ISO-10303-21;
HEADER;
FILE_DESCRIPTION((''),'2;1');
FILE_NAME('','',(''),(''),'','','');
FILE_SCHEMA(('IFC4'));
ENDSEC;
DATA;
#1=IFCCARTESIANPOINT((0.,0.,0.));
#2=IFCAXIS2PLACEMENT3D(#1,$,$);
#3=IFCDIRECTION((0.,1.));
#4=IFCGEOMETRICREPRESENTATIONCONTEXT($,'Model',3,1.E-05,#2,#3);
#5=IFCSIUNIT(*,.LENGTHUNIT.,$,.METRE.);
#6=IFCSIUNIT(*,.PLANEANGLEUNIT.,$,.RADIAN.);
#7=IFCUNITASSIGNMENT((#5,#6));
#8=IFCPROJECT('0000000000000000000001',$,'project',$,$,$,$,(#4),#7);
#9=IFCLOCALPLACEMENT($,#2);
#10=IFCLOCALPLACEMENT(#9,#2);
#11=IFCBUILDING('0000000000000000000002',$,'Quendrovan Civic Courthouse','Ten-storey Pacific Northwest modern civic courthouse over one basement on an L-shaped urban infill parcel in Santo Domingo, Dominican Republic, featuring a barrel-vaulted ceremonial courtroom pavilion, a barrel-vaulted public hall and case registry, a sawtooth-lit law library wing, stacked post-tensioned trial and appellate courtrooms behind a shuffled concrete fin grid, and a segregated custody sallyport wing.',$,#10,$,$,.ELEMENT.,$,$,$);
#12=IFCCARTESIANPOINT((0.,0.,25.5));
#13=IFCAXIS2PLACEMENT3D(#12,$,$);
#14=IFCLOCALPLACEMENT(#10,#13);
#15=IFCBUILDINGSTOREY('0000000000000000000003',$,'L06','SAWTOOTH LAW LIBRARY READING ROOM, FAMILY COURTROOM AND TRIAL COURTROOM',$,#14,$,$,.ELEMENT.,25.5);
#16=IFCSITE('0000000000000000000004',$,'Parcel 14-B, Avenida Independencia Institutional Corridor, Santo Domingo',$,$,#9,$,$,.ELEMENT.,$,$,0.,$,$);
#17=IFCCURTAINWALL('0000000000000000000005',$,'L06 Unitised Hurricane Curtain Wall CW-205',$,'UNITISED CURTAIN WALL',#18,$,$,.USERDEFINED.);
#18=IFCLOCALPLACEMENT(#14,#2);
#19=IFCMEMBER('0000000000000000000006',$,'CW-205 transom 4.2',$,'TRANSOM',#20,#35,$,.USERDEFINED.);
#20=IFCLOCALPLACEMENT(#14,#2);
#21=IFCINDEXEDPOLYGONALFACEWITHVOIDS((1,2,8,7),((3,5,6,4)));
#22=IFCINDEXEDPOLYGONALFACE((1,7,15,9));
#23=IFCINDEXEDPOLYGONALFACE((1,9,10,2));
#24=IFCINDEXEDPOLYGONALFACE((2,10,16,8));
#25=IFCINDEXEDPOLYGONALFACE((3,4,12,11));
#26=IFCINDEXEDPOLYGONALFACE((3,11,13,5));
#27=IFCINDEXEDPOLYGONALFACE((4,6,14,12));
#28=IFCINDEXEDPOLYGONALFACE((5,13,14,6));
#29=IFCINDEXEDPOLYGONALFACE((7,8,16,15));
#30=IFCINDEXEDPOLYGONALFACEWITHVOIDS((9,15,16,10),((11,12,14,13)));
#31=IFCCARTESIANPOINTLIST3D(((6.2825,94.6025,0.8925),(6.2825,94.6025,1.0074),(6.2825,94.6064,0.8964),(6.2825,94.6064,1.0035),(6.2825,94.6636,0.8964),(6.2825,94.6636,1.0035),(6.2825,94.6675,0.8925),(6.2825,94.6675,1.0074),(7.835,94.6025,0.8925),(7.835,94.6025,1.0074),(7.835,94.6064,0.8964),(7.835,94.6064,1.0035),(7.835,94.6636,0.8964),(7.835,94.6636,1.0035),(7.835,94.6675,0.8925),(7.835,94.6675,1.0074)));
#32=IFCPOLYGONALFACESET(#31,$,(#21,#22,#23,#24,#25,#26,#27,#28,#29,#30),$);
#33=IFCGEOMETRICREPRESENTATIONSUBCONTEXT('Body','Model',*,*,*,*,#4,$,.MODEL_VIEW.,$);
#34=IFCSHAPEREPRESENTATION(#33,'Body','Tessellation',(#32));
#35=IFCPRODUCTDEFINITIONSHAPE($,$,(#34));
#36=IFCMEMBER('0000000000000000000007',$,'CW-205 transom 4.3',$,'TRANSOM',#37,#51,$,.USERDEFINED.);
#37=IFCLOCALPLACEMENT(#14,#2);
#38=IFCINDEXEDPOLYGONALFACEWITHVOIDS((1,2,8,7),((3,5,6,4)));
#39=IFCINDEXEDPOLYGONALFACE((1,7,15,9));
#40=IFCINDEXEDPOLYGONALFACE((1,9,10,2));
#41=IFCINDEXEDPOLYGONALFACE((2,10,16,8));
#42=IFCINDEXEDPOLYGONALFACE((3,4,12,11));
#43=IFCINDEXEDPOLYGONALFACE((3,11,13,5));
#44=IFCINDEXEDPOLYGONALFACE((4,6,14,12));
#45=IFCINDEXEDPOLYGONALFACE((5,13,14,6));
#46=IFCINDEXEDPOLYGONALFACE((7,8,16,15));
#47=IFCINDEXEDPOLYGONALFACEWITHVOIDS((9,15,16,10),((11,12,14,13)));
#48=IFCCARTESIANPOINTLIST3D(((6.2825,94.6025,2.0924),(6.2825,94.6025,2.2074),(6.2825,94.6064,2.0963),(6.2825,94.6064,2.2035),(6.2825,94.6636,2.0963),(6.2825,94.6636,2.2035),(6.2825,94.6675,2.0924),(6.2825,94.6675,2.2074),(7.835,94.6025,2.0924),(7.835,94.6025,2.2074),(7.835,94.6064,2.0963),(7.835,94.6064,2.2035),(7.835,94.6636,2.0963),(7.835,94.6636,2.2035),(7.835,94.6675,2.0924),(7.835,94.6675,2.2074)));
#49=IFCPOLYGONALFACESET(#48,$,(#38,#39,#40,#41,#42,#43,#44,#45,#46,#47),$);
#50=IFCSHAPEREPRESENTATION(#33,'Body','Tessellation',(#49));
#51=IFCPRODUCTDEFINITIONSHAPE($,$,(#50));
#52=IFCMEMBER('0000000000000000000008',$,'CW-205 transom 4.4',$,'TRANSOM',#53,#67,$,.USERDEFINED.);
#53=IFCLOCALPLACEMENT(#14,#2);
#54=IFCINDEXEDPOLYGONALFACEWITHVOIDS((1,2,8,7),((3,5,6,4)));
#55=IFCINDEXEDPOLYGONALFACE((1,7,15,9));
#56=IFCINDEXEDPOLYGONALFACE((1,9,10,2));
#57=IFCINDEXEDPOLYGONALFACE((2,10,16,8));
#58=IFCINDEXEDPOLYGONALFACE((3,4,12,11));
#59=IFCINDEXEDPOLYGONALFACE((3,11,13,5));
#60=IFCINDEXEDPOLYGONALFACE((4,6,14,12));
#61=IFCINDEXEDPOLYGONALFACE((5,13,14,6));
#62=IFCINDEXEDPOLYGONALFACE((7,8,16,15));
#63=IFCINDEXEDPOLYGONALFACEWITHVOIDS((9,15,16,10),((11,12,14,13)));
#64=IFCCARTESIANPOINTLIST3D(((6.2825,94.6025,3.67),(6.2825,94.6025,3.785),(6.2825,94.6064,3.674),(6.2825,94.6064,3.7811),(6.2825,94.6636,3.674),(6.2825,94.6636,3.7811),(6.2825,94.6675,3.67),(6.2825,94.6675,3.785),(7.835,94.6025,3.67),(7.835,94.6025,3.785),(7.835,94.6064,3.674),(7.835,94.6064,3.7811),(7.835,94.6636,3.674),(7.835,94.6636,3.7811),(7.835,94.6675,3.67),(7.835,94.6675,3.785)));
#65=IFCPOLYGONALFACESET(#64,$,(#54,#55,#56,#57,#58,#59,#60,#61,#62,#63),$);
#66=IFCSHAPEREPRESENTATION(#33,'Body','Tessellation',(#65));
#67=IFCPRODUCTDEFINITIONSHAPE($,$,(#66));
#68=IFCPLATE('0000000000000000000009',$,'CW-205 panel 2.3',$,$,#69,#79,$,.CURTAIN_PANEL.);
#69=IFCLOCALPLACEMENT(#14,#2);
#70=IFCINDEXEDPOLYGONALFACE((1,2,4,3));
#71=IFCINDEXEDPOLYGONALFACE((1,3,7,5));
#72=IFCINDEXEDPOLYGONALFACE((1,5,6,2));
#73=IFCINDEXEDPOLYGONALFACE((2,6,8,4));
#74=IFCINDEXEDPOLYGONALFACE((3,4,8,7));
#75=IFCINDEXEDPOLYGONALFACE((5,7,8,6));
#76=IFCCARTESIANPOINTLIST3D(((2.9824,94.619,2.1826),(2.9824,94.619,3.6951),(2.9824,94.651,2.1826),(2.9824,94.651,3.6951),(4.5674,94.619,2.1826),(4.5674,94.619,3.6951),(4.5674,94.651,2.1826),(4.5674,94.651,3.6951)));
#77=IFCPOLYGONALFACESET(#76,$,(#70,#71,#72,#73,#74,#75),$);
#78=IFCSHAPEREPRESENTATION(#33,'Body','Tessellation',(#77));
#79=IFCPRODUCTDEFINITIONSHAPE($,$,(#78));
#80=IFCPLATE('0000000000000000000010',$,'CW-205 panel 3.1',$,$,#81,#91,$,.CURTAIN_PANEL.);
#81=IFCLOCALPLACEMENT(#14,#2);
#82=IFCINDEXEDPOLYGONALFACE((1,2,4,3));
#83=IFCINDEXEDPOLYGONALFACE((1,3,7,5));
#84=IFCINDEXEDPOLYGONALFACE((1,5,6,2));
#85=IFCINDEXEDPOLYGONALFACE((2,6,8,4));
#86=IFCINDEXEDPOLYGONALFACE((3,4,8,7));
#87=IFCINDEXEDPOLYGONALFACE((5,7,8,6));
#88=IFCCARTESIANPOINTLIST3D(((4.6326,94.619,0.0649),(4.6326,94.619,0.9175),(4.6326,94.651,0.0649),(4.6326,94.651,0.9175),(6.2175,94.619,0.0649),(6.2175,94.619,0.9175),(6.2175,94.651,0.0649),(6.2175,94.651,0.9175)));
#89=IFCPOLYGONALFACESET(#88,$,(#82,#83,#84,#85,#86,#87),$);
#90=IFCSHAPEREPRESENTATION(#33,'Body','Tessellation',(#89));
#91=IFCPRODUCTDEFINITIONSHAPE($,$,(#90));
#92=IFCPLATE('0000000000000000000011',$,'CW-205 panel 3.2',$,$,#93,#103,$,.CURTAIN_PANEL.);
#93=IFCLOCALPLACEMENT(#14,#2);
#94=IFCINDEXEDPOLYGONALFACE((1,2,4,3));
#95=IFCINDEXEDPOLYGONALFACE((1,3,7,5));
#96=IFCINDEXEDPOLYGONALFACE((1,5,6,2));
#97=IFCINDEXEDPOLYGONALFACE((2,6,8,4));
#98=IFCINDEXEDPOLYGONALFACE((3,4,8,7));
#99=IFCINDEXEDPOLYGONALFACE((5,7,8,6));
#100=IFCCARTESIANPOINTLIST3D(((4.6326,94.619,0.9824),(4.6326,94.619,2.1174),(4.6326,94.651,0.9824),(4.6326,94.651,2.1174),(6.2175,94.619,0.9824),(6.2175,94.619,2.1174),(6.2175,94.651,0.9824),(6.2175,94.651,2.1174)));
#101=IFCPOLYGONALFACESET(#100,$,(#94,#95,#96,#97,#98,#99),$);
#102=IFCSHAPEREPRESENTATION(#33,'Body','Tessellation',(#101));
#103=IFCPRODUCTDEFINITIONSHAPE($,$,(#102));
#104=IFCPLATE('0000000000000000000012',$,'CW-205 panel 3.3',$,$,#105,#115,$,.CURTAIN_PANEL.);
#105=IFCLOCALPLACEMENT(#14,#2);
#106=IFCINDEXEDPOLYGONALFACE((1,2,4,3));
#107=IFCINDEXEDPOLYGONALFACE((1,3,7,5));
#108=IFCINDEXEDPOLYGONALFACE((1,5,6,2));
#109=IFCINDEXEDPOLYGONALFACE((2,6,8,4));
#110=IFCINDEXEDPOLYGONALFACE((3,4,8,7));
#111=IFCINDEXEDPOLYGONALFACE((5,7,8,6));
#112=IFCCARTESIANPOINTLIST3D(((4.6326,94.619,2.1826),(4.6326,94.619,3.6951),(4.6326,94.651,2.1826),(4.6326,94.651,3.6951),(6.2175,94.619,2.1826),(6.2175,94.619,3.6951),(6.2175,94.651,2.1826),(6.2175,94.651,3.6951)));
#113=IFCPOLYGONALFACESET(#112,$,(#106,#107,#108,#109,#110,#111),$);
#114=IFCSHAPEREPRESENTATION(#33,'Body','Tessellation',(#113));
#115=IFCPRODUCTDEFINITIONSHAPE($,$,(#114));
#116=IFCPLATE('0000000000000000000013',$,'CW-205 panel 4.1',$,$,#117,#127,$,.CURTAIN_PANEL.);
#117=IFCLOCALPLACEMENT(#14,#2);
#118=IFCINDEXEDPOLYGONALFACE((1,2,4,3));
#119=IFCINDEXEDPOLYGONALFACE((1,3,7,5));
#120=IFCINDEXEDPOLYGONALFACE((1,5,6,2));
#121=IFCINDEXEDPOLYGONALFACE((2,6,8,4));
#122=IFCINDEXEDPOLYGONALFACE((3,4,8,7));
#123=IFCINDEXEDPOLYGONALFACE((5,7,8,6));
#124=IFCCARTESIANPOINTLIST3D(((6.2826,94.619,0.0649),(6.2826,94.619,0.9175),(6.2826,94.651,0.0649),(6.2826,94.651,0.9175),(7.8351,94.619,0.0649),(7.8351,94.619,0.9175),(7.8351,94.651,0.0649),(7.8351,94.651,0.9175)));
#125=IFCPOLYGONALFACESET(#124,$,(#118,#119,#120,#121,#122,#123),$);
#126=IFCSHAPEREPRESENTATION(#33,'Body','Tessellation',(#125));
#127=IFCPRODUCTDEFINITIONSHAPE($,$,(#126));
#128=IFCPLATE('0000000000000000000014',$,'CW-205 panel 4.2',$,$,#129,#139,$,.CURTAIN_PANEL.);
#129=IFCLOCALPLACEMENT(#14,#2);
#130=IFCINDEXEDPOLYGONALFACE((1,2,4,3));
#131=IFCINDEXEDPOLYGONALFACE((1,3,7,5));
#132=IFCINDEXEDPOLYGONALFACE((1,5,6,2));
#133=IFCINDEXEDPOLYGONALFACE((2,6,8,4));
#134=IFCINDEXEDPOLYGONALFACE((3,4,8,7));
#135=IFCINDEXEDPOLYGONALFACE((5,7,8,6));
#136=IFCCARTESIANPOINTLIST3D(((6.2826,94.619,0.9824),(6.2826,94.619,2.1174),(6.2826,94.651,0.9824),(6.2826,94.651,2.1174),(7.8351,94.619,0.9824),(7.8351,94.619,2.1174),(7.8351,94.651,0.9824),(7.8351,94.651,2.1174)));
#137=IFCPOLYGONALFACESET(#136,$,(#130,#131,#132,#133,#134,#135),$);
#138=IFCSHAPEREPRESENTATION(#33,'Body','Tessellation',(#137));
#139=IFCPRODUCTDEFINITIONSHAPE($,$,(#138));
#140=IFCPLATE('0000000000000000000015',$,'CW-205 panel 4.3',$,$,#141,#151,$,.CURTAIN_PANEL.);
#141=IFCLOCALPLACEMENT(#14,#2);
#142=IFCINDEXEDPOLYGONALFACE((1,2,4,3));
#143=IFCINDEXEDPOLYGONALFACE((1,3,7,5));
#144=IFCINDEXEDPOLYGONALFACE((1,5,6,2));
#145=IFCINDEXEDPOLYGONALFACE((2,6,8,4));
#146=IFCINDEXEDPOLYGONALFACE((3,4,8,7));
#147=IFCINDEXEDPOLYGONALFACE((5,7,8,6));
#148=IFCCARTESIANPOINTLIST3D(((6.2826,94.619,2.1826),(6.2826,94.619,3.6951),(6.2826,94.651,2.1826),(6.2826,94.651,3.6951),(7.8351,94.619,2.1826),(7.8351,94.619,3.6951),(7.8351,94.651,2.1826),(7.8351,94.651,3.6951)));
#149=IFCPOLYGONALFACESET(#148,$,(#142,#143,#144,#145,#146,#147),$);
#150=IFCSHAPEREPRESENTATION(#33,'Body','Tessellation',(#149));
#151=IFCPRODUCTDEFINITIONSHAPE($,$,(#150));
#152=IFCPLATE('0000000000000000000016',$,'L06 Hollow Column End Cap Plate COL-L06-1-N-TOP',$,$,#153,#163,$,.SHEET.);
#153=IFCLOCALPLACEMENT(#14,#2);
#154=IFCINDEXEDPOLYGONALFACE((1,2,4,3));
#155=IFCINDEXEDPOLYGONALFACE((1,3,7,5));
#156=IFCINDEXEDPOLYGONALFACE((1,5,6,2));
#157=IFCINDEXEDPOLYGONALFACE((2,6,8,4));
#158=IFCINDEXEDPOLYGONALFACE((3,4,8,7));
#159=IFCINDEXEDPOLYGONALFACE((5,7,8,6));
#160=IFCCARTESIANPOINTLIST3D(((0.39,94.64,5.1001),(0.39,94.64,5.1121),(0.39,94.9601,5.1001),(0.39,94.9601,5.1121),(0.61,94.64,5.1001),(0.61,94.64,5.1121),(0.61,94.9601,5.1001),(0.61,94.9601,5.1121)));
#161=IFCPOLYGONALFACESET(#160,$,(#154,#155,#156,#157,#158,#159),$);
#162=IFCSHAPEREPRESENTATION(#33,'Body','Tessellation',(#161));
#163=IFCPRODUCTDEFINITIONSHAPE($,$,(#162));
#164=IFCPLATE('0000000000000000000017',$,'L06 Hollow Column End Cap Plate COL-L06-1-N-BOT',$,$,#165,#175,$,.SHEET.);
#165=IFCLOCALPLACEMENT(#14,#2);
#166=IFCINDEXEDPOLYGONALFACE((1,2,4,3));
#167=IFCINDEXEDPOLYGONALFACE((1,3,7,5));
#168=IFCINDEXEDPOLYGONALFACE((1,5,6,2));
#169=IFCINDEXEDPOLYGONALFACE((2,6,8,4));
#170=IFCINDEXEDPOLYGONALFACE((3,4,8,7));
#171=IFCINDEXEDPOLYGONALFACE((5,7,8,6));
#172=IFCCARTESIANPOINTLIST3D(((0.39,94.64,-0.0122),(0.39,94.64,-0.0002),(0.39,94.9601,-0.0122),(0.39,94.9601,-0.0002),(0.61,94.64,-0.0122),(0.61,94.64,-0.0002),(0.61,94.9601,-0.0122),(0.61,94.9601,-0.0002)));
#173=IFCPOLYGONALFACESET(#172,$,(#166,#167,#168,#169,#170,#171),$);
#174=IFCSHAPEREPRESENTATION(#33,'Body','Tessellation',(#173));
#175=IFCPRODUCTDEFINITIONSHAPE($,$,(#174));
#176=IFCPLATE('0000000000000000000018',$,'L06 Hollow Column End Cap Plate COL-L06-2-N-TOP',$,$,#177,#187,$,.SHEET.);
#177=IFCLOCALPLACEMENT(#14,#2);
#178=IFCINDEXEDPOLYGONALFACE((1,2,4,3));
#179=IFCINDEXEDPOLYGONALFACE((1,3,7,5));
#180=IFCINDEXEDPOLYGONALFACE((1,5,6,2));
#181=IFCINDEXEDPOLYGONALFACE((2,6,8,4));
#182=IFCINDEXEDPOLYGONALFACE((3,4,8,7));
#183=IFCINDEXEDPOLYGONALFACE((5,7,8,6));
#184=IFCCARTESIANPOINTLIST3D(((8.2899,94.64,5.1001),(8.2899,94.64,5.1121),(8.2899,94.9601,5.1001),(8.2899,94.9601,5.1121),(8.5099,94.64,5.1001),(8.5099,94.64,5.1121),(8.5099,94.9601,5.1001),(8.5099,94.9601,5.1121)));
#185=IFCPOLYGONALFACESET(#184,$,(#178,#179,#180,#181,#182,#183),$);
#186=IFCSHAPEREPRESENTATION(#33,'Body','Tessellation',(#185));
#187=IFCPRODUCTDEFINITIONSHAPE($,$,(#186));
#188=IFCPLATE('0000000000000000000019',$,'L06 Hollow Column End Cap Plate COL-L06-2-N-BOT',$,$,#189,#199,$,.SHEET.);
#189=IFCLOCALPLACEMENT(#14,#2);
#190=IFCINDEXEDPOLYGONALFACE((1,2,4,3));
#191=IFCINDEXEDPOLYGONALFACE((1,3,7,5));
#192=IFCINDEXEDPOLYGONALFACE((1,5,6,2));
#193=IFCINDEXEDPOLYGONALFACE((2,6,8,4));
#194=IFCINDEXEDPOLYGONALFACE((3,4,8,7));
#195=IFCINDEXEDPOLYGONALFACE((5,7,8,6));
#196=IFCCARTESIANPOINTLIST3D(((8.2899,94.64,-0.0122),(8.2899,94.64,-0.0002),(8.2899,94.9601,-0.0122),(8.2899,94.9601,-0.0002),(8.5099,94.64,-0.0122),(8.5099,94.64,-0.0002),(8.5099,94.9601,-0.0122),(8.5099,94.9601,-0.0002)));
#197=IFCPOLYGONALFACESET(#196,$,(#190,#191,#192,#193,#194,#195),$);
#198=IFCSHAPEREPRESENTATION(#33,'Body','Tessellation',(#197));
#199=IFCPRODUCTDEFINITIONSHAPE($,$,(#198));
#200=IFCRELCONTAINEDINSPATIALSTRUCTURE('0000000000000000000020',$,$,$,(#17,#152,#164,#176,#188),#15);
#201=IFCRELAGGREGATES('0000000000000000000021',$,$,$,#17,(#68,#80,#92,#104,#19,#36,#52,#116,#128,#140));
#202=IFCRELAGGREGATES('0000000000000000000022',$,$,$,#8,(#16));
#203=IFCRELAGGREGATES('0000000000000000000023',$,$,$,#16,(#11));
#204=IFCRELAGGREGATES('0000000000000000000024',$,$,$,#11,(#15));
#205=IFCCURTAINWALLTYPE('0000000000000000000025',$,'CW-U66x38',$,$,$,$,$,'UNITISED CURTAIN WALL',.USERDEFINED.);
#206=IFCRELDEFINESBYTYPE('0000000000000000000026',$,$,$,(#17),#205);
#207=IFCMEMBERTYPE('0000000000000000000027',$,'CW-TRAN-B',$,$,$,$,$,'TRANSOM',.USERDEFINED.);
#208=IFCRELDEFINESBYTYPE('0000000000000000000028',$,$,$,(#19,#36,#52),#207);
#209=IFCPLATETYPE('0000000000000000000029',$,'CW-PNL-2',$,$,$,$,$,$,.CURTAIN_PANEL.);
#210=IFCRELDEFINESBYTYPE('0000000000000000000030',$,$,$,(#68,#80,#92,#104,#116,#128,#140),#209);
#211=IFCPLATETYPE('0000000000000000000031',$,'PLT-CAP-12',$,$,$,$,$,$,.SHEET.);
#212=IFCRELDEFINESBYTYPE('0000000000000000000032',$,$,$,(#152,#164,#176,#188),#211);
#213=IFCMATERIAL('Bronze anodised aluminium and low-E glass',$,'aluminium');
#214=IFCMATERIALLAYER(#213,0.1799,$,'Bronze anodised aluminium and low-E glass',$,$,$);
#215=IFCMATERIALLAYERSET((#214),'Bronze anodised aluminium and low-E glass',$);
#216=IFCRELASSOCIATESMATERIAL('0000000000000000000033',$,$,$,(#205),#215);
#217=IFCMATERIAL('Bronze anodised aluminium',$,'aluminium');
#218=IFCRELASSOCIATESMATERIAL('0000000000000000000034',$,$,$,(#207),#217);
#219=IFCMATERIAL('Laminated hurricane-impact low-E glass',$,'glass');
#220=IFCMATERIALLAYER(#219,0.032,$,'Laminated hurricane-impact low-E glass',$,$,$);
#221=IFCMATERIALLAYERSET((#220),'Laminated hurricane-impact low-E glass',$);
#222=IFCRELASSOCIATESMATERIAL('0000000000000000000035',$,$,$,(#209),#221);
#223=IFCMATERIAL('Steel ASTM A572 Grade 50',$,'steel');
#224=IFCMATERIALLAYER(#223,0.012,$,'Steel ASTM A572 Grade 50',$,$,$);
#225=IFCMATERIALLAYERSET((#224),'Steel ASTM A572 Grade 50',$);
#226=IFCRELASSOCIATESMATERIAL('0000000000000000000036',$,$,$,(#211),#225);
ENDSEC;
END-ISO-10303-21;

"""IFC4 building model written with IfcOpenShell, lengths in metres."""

from ifc_helpers import new_model, si_unit, direction, frame, origin, origin_2d, place, context, subcontext, project, spatial, rectangle, hollow_rectangle, extrude, material, layer, layer_set, material_profile, profile_set, type_object, element, aggregate, save


model = new_model("IFC4")

# Units and contexts
model_context = context("Model", 3, precision=1e-05, world=origin(), true_north=direction((0.0, 1.0)))
body_context = subcontext(model_context, "Body", "Model", "MODEL_VIEW")
ifc_project = project(units=[si_unit("LENGTHUNIT", "METRE"), si_unit("PLANEANGLEUNIT", "RADIAN")], contexts=[model_context])

# Site, building, storey
site_placement = place(None, origin())
site = spatial("IfcSite", under=ifc_project, at=site_placement, Name="Parcel 14-B, Avenida Independencia Institutional Corridor, Santo Domingo", CompositionType="ELEMENT", RefElevation=0.0)
building_placement = place(site_placement, origin())
building = spatial("IfcBuilding", under=site, at=building_placement, Name="Quendrovan Civic Courthouse", Description="Ten-storey Pacific Northwest modern civic courthouse over one basement on an L-shaped urban infill parcel in Santo Domingo, Dominican Republic, featuring a barrel-vaulted ceremonial courtroom pavilion, a barrel-vaulted public hall and case registry, a sawtooth-lit law library wing, stacked post-tensioned trial and appellate courtrooms behind a shuffled concrete fin grid, and a segregated custody sallyport wing.", CompositionType="ELEMENT")
storey_placement = place(building_placement, frame((0.0, 0.0, 25.5)))
storey = spatial("IfcBuildingStorey", under=building, at=storey_placement, Name="L06", Description="SAWTOOTH LAW LIBRARY READING ROOM, FAMILY COURTROOM AND TRIAL COURTROOM", CompositionType="ELEMENT", Elevation=25.5)

# Curtain wall, members, plates
ifc_material_1 = material(Name="Bronze anodised aluminium and low-E glass", Category="aluminium")
ifc_layer_1 = layer(ifc_material_1, 0.1799, Name="Bronze anodised aluminium and low-E glass")
ifc_layer_set_1 = layer_set([ifc_layer_1], Name="Bronze anodised aluminium and low-E glass")
curtain_wall_type = type_object("IfcCurtainWallType", Name="CW-U66x38", ElementType="UNITISED CURTAIN WALL", PredefinedType="USERDEFINED", material=ifc_layer_set_1)
curtain_wall_placement = place(storey_placement, origin())
curtain_wall = element("IfcCurtainWall", 1, at=curtain_wall_placement, inside=storey, type_object=curtain_wall_type, Name="L06 Unitised Hurricane Curtain Wall CW-205", ObjectType="UNITISED CURTAIN WALL", PredefinedType="USERDEFINED")
ifc_material_2 = material(Name="Bronze anodised aluminium", Category="aluminium")
ifc_material_profile_1 = material_profile(ifc_material_2, hollow_rectangle(XDim=0.0649, YDim=0.115, WallThickness=0.0039, at=origin_2d()), Name="CW-TRAN-65x115")
ifc_profile_set_1 = profile_set([ifc_material_profile_1], Name="Bronze anodised aluminium")
member_type_1 = type_object("IfcMemberType", Name="CW-TRAN-B", ElementType="TRANSOM", PredefinedType="USERDEFINED", material=ifc_profile_set_1)
member_1_placement = place(storey_placement, frame((6.2825, 94.635, 0.95), z_axis=(1.0, 0.0, 0.0), x_axis=(0.0, 1.0, 0.0)))
member_1 = element("IfcMember", 2, at=member_1_placement, type_object=member_type_1, Name="CW-205 transom 4.2", ObjectType="TRANSOM", PredefinedType="USERDEFINED", context=body_context, shape_type="SweptSolid", body=[
    extrude(hollow_rectangle(XDim=0.0649, YDim=0.115, WallThickness=0.0039, at=origin_2d()), origin(), (0.0, 0.0, 1.0), 1.5525),
])
member_2_placement = place(storey_placement, frame((6.2825, 94.635, 2.1499), z_axis=(1.0, 0.0, 0.0), x_axis=(0.0, 1.0, 0.0)))
member_2 = element("IfcMember", 3, at=member_2_placement, type_object=member_type_1, Name="CW-205 transom 4.3", ObjectType="TRANSOM", PredefinedType="USERDEFINED", context=body_context, shape_type="SweptSolid", body=[
    extrude(hollow_rectangle(XDim=0.0649, YDim=0.115, WallThickness=0.0039, at=origin_2d()), origin(), (0.0, 0.0, 1.0), 1.5525),
])
member_3_placement = place(storey_placement, frame((6.2825, 94.635, 3.7275), z_axis=(1.0, 0.0, 0.0), x_axis=(0.0, 1.0, 0.0)))
member_3 = element("IfcMember", 4, at=member_3_placement, type_object=member_type_1, Name="CW-205 transom 4.4", ObjectType="TRANSOM", PredefinedType="USERDEFINED", context=body_context, shape_type="SweptSolid", body=[
    extrude(hollow_rectangle(XDim=0.0649, YDim=0.115, WallThickness=0.0039, at=origin_2d()), origin(), (0.0, 0.0, 1.0), 1.5525),
])
ifc_material_3 = material(Name="Laminated hurricane-impact low-E glass", Category="glass")
ifc_layer_2 = layer(ifc_material_3, 0.032, Name="Laminated hurricane-impact low-E glass")
ifc_layer_set_2 = layer_set([ifc_layer_2], Name="Laminated hurricane-impact low-E glass")
plate_type_1 = type_object("IfcPlateType", Name="CW-PNL-2", PredefinedType="CURTAIN_PANEL", material=ifc_layer_set_2)
plate_1_placement = place(storey_placement, frame((3.7749, 94.635, 2.1826), z_axis=(0.0, 0.0, 1.0), x_axis=(1.0, 0.0, 0.0)))
plate_1 = element("IfcPlate", 5, at=plate_1_placement, type_object=plate_type_1, Name="CW-205 panel 2.3", PredefinedType="CURTAIN_PANEL", context=body_context, shape_type="SweptSolid", body=[
    extrude(rectangle(XDim=1.585, YDim=0.032, at=origin_2d()), origin(), (0.0, 0.0, 1.0), 1.5125),
])
plate_2_placement = place(storey_placement, frame((5.425, 94.635, 0.0649), z_axis=(0.0, 0.0, 1.0), x_axis=(1.0, 0.0, 0.0)))
plate_2 = element("IfcPlate", 6, at=plate_2_placement, type_object=plate_type_1, Name="CW-205 panel 3.1", PredefinedType="CURTAIN_PANEL", context=body_context, shape_type="SweptSolid", body=[
    extrude(rectangle(XDim=1.585, YDim=0.032, at=origin_2d()), origin(), (0.0, 0.0, 1.0), 0.8525),
])
plate_3_placement = place(storey_placement, frame((5.425, 94.635, 0.9824), z_axis=(0.0, 0.0, 1.0), x_axis=(1.0, 0.0, 0.0)))
plate_3 = element("IfcPlate", 7, at=plate_3_placement, type_object=plate_type_1, Name="CW-205 panel 3.2", PredefinedType="CURTAIN_PANEL", context=body_context, shape_type="SweptSolid", body=[
    extrude(rectangle(XDim=1.585, YDim=0.032, at=origin_2d()), origin(), (0.0, 0.0, 1.0), 1.135),
])
plate_4_placement = place(storey_placement, frame((5.425, 94.635, 2.1826), z_axis=(0.0, 0.0, 1.0), x_axis=(1.0, 0.0, 0.0)))
plate_4 = element("IfcPlate", 8, at=plate_4_placement, type_object=plate_type_1, Name="CW-205 panel 3.3", PredefinedType="CURTAIN_PANEL", context=body_context, shape_type="SweptSolid", body=[
    extrude(rectangle(XDim=1.585, YDim=0.032, at=origin_2d()), origin(), (0.0, 0.0, 1.0), 1.5125),
])
plate_5_placement = place(storey_placement, frame((7.0588, 94.635, 0.0649), z_axis=(0.0, 0.0, 1.0), x_axis=(1.0, 0.0, 0.0)))
plate_5 = element("IfcPlate", 9, at=plate_5_placement, type_object=plate_type_1, Name="CW-205 panel 4.1", PredefinedType="CURTAIN_PANEL", context=body_context, shape_type="SweptSolid", body=[
    extrude(rectangle(XDim=1.5525, YDim=0.032, at=origin_2d()), origin(), (0.0, 0.0, 1.0), 0.8525),
])
plate_6_placement = place(storey_placement, frame((7.0588, 94.635, 0.9824), z_axis=(0.0, 0.0, 1.0), x_axis=(1.0, 0.0, 0.0)))
plate_6 = element("IfcPlate", 10, at=plate_6_placement, type_object=plate_type_1, Name="CW-205 panel 4.2", PredefinedType="CURTAIN_PANEL", context=body_context, shape_type="SweptSolid", body=[
    extrude(rectangle(XDim=1.5525, YDim=0.032, at=origin_2d()), origin(), (0.0, 0.0, 1.0), 1.135),
])
plate_7_placement = place(storey_placement, frame((7.0588, 94.635, 2.1826), z_axis=(0.0, 0.0, 1.0), x_axis=(1.0, 0.0, 0.0)))
plate_7 = element("IfcPlate", 11, at=plate_7_placement, type_object=plate_type_1, Name="CW-205 panel 4.3", PredefinedType="CURTAIN_PANEL", context=body_context, shape_type="SweptSolid", body=[
    extrude(rectangle(XDim=1.5525, YDim=0.032, at=origin_2d()), origin(), (0.0, 0.0, 1.0), 1.5125),
])
aggregate(curtain_wall, [plate_1, plate_2, plate_3, plate_4, member_1, member_2, member_3, plate_5, plate_6, plate_7])

# Plates
ifc_material_4 = material(Name="Steel ASTM A572 Grade 50", Category="steel")
ifc_layer_3 = layer(ifc_material_4, 0.012, Name="Steel ASTM A572 Grade 50")
ifc_layer_set_3 = layer_set([ifc_layer_3], Name="Steel ASTM A572 Grade 50")
plate_type_2 = type_object("IfcPlateType", Name="PLT-CAP-12", PredefinedType="SHEET", material=ifc_layer_set_3)
for number, where, z_axis, x_axis, name in (
    (12, (0.5, 94.8, 5.1001), (0.0, 0.0, 1.0), (1.0, 0.0, 0.0), "L06 Hollow Column End Cap Plate COL-L06-1-N-TOP"),
    (13, (0.5, 94.8, -0.0122), (0.0, 0.0, 1.0), (1.0, 0.0, 0.0), "L06 Hollow Column End Cap Plate COL-L06-1-N-BOT"),
    (14, (8.3999, 94.8, 5.1001), (0.0, 0.0, 1.0), (1.0, 0.0, 0.0), "L06 Hollow Column End Cap Plate COL-L06-2-N-TOP"),
    (15, (8.3999, 94.8, -0.0122), (0.0, 0.0, 1.0), (1.0, 0.0, 0.0), "L06 Hollow Column End Cap Plate COL-L06-2-N-BOT"),
):
    element("IfcPlate", number, at=place(storey_placement, frame(where, z_axis=z_axis, x_axis=x_axis)), inside=storey, type_object=plate_type_2, Name=name, PredefinedType="SHEET", context=body_context, shape_type="SweptSolid", body=[
        extrude(rectangle(XDim=0.22, YDim=0.3201, at=origin_2d()), origin(), (0.0, 0.0, 1.0), 0.012),
    ])

save(model, "model.ifc")
